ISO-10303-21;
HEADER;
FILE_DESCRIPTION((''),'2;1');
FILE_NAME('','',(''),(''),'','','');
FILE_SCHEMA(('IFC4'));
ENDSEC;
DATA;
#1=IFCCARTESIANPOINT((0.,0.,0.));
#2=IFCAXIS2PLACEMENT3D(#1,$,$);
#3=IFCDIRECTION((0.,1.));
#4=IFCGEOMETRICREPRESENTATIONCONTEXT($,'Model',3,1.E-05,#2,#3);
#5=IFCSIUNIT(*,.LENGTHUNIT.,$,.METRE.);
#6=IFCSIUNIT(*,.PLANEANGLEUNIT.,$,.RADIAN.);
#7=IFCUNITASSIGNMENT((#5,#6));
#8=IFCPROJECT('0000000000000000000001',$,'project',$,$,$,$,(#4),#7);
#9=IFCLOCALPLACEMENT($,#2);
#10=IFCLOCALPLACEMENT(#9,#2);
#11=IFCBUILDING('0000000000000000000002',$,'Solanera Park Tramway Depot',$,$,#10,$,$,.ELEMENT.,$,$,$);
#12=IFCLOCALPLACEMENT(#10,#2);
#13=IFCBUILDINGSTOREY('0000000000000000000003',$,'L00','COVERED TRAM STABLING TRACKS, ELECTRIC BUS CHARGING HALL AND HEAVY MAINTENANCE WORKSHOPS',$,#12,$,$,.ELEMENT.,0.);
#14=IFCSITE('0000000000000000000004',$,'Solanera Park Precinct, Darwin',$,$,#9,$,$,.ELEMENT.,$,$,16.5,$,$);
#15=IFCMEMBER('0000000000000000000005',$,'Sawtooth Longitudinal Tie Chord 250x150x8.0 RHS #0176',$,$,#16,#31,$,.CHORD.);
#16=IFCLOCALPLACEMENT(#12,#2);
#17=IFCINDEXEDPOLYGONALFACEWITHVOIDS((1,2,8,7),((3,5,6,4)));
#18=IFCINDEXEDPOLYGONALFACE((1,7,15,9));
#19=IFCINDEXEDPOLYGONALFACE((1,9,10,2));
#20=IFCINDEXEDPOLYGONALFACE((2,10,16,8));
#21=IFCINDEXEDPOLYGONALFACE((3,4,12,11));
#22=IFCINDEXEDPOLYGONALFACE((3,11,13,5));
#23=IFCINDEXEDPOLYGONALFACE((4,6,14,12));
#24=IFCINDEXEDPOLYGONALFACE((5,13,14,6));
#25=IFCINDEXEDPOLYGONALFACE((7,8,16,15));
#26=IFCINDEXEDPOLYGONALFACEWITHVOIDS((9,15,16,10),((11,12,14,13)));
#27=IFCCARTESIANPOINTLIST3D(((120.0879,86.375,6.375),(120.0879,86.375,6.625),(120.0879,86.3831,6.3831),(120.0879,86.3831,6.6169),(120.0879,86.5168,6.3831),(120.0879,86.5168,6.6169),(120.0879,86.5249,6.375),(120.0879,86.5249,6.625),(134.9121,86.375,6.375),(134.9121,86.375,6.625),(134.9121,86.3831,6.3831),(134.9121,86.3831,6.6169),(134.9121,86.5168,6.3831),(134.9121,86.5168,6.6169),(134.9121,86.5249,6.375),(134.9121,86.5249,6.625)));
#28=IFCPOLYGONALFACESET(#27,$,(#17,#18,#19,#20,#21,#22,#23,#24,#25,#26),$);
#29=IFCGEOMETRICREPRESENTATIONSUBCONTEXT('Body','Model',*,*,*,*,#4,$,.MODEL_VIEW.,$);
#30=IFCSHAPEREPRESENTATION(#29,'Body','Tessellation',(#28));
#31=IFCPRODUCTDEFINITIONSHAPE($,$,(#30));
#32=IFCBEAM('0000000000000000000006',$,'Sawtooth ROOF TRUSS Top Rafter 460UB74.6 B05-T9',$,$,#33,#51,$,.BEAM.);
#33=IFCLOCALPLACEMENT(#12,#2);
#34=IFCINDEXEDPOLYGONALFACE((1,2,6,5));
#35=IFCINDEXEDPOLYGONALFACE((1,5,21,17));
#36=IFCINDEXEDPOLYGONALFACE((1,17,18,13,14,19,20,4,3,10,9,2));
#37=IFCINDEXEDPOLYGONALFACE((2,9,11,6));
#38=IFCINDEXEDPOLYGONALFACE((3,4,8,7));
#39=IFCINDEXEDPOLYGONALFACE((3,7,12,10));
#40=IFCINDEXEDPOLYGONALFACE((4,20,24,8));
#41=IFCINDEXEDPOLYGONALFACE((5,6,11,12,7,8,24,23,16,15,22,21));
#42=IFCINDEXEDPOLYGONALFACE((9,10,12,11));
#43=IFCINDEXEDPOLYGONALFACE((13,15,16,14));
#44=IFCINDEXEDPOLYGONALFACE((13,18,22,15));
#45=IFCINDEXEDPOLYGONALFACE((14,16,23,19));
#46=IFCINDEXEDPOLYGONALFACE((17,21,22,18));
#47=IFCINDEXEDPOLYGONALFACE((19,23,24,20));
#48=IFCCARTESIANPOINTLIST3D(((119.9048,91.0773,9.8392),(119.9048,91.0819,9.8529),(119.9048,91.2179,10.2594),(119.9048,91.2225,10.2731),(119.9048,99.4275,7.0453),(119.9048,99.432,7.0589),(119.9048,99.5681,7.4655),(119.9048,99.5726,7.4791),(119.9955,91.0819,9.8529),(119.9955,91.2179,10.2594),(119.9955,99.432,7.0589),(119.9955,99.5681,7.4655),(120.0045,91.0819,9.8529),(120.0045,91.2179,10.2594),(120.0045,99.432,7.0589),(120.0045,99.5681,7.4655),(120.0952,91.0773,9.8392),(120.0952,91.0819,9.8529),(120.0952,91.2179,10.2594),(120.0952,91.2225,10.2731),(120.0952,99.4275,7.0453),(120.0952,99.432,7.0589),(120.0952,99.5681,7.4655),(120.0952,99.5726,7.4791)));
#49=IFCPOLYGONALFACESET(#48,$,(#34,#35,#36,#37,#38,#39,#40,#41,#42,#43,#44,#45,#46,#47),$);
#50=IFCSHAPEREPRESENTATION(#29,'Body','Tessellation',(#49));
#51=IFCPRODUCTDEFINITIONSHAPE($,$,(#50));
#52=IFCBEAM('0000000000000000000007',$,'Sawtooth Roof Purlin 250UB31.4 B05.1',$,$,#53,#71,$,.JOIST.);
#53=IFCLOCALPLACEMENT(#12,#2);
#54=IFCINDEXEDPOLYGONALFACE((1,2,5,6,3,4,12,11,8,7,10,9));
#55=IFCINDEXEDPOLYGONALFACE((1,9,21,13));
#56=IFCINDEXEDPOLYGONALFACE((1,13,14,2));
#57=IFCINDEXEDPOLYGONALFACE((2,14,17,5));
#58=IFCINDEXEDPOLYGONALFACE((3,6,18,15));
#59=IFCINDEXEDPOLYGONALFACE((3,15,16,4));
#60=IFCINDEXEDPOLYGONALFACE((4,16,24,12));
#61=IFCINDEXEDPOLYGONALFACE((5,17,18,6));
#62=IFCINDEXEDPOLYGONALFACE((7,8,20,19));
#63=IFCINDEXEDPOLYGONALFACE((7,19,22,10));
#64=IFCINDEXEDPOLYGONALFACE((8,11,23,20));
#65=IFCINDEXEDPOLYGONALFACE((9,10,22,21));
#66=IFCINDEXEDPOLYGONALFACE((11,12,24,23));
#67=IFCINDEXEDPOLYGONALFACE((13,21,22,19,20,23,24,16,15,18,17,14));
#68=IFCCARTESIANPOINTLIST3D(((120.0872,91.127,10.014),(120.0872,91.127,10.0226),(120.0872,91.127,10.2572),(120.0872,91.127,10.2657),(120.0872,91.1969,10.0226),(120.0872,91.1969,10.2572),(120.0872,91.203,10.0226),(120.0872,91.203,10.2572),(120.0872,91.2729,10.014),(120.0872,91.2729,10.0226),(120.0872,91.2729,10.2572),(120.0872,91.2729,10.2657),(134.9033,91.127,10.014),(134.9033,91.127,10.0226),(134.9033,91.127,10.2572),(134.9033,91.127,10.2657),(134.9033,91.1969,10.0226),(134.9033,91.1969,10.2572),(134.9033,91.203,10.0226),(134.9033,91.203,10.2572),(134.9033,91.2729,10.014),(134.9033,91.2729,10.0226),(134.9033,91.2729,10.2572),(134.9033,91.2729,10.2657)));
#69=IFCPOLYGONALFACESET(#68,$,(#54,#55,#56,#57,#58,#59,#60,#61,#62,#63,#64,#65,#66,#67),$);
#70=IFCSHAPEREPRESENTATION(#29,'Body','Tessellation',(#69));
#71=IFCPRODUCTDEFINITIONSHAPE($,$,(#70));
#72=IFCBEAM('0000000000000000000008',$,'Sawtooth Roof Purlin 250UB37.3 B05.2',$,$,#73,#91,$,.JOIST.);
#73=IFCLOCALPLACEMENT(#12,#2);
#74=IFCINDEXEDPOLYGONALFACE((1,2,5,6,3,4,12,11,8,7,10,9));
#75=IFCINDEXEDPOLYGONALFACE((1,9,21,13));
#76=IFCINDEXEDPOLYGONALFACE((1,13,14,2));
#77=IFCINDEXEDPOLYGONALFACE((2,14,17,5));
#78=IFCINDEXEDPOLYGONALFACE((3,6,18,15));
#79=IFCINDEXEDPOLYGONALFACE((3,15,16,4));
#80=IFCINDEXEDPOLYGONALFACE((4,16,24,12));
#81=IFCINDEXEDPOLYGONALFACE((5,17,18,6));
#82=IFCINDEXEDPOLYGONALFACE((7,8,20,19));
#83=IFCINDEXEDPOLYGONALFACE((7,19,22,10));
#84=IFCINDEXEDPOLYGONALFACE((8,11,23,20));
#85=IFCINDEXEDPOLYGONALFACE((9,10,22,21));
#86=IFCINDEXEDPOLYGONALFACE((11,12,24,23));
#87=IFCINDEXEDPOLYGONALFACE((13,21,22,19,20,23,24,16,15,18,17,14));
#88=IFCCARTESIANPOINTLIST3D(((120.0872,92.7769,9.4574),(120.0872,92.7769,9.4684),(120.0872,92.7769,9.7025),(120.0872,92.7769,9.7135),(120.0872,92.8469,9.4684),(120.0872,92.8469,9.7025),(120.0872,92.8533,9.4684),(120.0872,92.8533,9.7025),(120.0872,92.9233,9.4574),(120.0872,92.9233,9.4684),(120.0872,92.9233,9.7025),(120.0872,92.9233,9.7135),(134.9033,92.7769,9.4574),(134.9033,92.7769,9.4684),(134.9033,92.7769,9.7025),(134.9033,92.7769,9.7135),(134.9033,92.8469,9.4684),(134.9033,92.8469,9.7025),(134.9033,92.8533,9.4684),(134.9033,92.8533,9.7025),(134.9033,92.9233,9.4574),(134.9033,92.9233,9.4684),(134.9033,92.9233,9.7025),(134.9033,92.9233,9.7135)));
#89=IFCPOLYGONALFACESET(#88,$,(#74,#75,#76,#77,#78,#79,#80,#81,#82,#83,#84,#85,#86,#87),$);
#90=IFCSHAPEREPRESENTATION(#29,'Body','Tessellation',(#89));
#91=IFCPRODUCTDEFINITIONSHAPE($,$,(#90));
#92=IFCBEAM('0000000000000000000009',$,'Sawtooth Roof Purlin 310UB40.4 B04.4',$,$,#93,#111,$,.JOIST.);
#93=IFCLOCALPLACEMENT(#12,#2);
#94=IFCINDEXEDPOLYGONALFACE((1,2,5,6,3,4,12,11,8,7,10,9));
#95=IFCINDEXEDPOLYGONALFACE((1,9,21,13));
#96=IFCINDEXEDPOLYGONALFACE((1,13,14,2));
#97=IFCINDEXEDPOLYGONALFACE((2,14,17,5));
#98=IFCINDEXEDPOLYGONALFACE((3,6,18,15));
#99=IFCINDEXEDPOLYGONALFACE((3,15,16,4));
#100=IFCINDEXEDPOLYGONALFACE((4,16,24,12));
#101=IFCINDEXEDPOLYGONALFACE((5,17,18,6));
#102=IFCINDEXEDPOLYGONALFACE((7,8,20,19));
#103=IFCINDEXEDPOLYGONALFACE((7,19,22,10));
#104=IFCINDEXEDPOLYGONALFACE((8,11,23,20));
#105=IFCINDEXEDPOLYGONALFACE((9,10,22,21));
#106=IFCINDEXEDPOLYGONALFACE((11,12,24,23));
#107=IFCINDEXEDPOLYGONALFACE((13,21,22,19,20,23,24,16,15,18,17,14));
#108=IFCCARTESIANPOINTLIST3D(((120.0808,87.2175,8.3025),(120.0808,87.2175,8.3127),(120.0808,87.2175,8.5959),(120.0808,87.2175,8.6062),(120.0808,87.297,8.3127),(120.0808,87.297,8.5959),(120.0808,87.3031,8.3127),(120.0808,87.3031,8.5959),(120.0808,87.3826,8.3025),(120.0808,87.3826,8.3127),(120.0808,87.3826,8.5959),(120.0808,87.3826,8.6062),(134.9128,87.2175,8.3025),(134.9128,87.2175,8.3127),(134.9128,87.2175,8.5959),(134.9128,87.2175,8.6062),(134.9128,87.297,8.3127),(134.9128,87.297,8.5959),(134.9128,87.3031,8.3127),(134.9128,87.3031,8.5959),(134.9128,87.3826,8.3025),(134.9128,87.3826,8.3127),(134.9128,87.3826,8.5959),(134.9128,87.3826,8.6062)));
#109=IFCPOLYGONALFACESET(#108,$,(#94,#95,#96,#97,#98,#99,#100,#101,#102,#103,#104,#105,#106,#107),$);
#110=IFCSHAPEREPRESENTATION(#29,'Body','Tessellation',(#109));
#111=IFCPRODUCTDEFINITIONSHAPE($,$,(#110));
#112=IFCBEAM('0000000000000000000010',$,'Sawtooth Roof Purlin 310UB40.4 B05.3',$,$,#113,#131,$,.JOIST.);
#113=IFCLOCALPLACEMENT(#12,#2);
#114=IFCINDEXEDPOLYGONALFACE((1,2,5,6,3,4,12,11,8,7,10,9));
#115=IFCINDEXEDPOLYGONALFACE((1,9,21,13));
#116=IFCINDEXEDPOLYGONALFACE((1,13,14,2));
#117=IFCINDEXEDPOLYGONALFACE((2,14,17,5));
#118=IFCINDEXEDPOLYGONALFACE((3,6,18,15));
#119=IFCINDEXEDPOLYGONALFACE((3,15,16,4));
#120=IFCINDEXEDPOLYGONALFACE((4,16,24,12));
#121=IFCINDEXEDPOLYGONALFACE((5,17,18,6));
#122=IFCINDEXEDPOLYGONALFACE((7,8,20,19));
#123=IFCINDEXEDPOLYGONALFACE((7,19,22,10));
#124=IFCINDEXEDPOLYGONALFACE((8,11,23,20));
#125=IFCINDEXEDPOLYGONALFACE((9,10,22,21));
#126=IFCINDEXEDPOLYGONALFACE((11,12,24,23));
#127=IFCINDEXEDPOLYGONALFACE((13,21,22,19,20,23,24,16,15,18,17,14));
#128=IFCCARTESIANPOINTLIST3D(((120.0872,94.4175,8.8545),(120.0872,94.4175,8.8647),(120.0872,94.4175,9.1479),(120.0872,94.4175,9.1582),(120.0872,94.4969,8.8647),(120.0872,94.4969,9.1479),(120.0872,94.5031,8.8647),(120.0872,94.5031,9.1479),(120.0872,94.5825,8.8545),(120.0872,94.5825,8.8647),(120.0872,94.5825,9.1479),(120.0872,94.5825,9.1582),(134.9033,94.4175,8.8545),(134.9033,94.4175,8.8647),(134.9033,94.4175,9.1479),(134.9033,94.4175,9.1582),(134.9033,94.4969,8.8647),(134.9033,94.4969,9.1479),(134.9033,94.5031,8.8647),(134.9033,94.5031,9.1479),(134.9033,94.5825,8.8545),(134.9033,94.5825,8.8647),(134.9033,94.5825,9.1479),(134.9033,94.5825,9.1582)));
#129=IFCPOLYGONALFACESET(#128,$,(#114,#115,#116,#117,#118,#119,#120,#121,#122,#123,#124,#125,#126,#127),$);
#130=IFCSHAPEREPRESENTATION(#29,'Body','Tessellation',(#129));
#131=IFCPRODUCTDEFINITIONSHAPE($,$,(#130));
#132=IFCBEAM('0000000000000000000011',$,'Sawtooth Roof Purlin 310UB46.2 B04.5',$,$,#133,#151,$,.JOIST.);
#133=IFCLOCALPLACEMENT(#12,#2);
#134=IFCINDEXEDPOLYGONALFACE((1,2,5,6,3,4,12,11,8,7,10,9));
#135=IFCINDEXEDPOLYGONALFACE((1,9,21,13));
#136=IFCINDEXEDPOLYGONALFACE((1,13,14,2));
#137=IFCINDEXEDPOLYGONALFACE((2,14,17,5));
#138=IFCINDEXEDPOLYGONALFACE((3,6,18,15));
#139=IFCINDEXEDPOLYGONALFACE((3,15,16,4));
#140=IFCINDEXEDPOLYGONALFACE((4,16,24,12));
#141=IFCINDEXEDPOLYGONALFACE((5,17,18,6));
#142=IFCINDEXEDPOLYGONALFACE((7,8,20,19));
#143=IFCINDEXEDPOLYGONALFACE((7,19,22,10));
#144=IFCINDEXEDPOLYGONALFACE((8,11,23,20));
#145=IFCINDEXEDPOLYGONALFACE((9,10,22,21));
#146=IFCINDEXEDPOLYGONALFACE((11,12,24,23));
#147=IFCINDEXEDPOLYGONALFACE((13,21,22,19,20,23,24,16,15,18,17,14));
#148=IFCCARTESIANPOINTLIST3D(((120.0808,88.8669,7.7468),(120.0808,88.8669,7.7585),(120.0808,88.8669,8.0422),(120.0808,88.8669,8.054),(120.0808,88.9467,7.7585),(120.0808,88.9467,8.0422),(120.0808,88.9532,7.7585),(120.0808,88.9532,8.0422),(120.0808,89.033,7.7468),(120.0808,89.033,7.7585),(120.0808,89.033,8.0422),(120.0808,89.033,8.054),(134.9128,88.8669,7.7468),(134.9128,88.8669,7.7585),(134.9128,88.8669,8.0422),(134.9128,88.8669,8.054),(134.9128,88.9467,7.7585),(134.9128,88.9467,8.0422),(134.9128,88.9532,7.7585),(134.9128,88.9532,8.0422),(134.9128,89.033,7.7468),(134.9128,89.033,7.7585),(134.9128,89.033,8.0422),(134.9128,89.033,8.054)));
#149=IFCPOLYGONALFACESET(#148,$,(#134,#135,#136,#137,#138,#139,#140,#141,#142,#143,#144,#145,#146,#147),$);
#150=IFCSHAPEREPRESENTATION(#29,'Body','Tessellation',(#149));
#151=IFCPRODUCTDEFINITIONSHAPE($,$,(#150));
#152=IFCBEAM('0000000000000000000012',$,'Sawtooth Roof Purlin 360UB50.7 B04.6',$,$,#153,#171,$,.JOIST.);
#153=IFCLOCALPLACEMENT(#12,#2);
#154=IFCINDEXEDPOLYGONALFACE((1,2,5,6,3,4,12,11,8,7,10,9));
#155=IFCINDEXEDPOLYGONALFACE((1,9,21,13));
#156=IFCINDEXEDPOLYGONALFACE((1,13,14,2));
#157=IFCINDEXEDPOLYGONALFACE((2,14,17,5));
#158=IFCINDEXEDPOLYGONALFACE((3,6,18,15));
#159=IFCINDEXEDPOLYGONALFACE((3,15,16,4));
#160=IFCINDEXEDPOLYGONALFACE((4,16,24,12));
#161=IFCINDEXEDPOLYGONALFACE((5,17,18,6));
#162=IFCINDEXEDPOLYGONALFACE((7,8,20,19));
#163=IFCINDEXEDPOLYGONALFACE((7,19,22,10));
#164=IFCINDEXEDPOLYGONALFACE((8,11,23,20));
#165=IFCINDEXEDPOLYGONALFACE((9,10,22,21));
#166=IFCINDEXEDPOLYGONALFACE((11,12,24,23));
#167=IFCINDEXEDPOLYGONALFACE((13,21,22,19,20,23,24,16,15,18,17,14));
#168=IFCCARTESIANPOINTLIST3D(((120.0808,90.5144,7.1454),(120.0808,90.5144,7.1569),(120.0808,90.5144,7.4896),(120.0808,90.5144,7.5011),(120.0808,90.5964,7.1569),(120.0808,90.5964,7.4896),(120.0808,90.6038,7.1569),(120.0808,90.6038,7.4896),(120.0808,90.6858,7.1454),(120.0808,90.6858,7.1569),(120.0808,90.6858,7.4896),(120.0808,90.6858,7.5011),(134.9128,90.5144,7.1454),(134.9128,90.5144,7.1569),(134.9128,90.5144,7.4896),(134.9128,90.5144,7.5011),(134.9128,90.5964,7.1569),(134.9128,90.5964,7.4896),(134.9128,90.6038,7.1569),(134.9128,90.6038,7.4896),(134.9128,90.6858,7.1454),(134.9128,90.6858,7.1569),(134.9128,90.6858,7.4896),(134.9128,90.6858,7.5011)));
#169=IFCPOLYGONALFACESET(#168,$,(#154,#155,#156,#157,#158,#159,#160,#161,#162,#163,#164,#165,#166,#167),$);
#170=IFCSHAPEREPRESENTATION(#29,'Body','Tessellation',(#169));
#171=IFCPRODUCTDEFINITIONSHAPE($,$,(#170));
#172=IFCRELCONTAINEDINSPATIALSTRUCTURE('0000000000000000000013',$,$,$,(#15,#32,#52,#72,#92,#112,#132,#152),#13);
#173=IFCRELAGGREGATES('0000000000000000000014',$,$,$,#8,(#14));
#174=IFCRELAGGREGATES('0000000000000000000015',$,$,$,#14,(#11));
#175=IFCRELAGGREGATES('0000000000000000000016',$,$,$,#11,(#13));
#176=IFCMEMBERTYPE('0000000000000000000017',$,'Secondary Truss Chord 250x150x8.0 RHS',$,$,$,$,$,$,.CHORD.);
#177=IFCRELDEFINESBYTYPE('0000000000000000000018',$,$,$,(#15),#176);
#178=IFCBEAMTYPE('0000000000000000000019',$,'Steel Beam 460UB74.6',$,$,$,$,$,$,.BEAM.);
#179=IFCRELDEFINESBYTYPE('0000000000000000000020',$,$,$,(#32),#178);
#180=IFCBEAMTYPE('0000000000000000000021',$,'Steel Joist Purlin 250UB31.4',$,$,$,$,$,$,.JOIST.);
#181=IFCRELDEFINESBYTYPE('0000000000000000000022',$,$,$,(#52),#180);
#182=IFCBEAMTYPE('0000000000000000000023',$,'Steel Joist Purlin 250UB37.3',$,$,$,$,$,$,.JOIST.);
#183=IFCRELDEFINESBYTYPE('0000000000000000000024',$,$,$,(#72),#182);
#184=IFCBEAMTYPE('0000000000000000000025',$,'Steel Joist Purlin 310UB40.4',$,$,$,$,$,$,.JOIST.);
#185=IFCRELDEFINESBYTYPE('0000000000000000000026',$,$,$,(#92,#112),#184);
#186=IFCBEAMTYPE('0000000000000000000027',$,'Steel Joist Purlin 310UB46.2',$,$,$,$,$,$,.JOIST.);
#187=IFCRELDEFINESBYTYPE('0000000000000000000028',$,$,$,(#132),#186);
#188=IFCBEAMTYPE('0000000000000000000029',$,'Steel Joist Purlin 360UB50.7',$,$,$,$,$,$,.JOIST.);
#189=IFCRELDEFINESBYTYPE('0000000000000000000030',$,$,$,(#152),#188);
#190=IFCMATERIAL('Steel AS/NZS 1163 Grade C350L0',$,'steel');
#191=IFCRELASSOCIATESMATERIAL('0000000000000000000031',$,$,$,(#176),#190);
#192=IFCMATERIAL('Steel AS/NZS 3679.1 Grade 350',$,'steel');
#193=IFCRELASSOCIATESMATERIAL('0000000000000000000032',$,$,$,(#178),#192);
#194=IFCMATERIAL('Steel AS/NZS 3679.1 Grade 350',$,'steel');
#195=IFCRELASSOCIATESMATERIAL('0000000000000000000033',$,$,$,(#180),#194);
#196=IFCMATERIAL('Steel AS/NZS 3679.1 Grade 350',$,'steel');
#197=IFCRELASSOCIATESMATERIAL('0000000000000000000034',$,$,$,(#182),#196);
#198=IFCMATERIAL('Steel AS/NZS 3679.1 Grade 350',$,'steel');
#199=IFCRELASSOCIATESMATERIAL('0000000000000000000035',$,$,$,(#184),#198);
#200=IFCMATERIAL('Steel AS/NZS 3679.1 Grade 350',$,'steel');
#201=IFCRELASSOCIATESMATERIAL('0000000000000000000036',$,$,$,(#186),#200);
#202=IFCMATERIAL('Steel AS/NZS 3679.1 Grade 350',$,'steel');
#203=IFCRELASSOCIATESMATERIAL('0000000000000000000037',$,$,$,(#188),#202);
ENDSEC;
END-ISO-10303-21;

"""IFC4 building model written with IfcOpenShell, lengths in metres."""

from ifc_helpers import new_model, si_unit, direction, frame, origin, origin_2d, place, context, subcontext, project, spatial, hollow_rectangle, i_section, extrude, material, material_profile, profile_set, type_object, element, save


model = new_model("IFC4")

# Units and contexts
model_context = context("Model", 3, precision=1e-05, world=origin(), true_north=direction((0.0, 1.0)))
body_context = subcontext(model_context, "Body", "Model", "MODEL_VIEW")
ifc_project = project(units=[si_unit("LENGTHUNIT", "METRE"), si_unit("PLANEANGLEUNIT", "RADIAN")], contexts=[model_context])

# Site, building, storey
site_placement = place(None, origin())
site = spatial("IfcSite", under=ifc_project, at=site_placement, Name="Solanera Park Precinct, Darwin", CompositionType="ELEMENT", RefElevation=16.5)
building_placement = place(site_placement, origin())
building = spatial("IfcBuilding", under=site, at=building_placement, Name="Solanera Park Tramway Depot", CompositionType="ELEMENT")
storey_placement = place(building_placement, origin())
storey = spatial("IfcBuildingStorey", under=building, at=storey_placement, Name="L00", Description="COVERED TRAM STABLING TRACKS, ELECTRIC BUS CHARGING HALL AND HEAVY MAINTENANCE WORKSHOPS", CompositionType="ELEMENT", Elevation=0.0)

# Member
ifc_material_1 = material(Name="Steel AS/NZS 1163 Grade C350L0", Category="steel")
ifc_material_profile_1 = material_profile(ifc_material_1, hollow_rectangle(XDim=0.1499, YDim=0.25, WallThickness=0.0081, at=origin_2d()), Name="250x150x8.0 RHS")
ifc_profile_set_1 = profile_set([ifc_material_profile_1], Name="Steel AS/NZS 1163 Grade C350L0")
member_type_1 = type_object("IfcMemberType", Name="Secondary Truss Chord 250x150x8.0 RHS", PredefinedType="CHORD", material=ifc_profile_set_1)
member_1_placement = place(storey_placement, frame((120.0879, 86.45, 6.5), z_axis=(1.0, 0.0, 0.0), x_axis=(0.0, 1.0, 0.0)))
element("IfcMember", 1, at=member_1_placement, inside=storey, type_object=member_type_1, Name="Sawtooth Longitudinal Tie Chord 250x150x8.0 RHS #0176", PredefinedType="CHORD", context=body_context, shape_type="SweptSolid", body=[
    extrude(hollow_rectangle(XDim=0.1499, YDim=0.25, WallThickness=0.0081, at=origin_2d()), origin(), (0.0, 0.0, 1.0), 14.8242),
])

# Beams
ifc_material_2 = material(Name="Steel AS/NZS 3679.1 Grade 350", Category="steel")
ifc_material_profile_2 = material_profile(ifc_material_2, i_section(OverallWidth=0.1904, OverallDepth=0.4575, WebThickness=0.009, FlangeThickness=0.0144, at=origin_2d()), Name="460UB74.6")
ifc_profile_set_2 = profile_set([ifc_material_profile_2], Name="Steel AS/NZS 3679.1 Grade 350")
beam_type_1 = type_object("IfcBeamType", Name="Steel Beam 460UB74.6", PredefinedType="BEAM", material=ifc_profile_set_2)
beam_1_placement = place(storey_placement, frame((120.0, 91.1499, 10.0562), z_axis=(0.0, 0.948322, -0.317309), x_axis=(-1.0, 0.0, 0.0)))
element("IfcBeam", 2, at=beam_1_placement, inside=storey, type_object=beam_type_1, Name="Sawtooth ROOF TRUSS Top Rafter 460UB74.6 B05-T9", PredefinedType="BEAM", context=body_context, shape_type="SweptSolid", body=[
    extrude(i_section(OverallWidth=0.1904, OverallDepth=0.4575, WebThickness=0.009, FlangeThickness=0.0144, at=origin_2d()), origin(), (0.0, 0.0, 1.0), 8.8052),
])
ifc_material_3 = material(Name="Steel AS/NZS 3679.1 Grade 350", Category="steel")
ifc_material_profile_3 = material_profile(ifc_material_3, i_section(OverallWidth=0.146, OverallDepth=0.2517, WebThickness=0.0061, FlangeThickness=0.0085, at=origin_2d()), Name="250UB31.4")
ifc_profile_set_3 = profile_set([ifc_material_profile_3], Name="Steel AS/NZS 3679.1 Grade 350")
beam_type_2 = type_object("IfcBeamType", Name="Steel Joist Purlin 250UB31.4", PredefinedType="JOIST", material=ifc_profile_set_3)
beam_2_placement = place(storey_placement, frame((120.0872, 91.2, 10.1399), z_axis=(1.0, 0.0, 0.0), x_axis=(0.0, 1.0, 0.0)))
element("IfcBeam", 3, at=beam_2_placement, inside=storey, type_object=beam_type_2, Name="Sawtooth Roof Purlin 250UB31.4 B05.1", PredefinedType="JOIST", context=body_context, shape_type="SweptSolid", body=[
    extrude(i_section(OverallWidth=0.146, OverallDepth=0.2517, WebThickness=0.0061, FlangeThickness=0.0085, at=origin_2d()), origin(), (0.0, 0.0, 1.0), 14.8162),
])
ifc_material_4 = material(Name="Steel AS/NZS 3679.1 Grade 350", Category="steel")
ifc_material_profile_4 = material_profile(ifc_material_4, i_section(OverallWidth=0.1465, OverallDepth=0.2561, WebThickness=0.0063, FlangeThickness=0.011, at=origin_2d()), Name="250UB37.3")
ifc_profile_set_4 = profile_set([ifc_material_profile_4], Name="Steel AS/NZS 3679.1 Grade 350")
beam_type_3 = type_object("IfcBeamType", Name="Steel Joist Purlin 250UB37.3", PredefinedType="JOIST", material=ifc_profile_set_4)
beam_3_placement = place(storey_placement, frame((120.0872, 92.8501, 9.5854), z_axis=(1.0, 0.0, 0.0), x_axis=(0.0, 1.0, 0.0)))
element("IfcBeam", 4, at=beam_3_placement, inside=storey, type_object=beam_type_3, Name="Sawtooth Roof Purlin 250UB37.3 B05.2", PredefinedType="JOIST", context=body_context, shape_type="SweptSolid", body=[
    extrude(i_section(OverallWidth=0.1465, OverallDepth=0.2561, WebThickness=0.0063, FlangeThickness=0.011, at=origin_2d()), origin(), (0.0, 0.0, 1.0), 14.8162),
])
ifc_material_5 = material(Name="Steel AS/NZS 3679.1 Grade 350", Category="steel")
ifc_material_profile_5 = material_profile(ifc_material_5, i_section(OverallWidth=0.165, OverallDepth=0.3037, WebThickness=0.0061, FlangeThickness=0.0103, at=origin_2d()), Name="310UB40.4")
ifc_profile_set_5 = profile_set([ifc_material_profile_5], Name="Steel AS/NZS 3679.1 Grade 350")
beam_type_4 = type_object("IfcBeamType", Name="Steel Joist Purlin 310UB40.4", PredefinedType="JOIST", material=ifc_profile_set_5)
beam_4_placement = place(storey_placement, frame((120.0808, 87.3, 8.4543), z_axis=(1.0, 0.0, 0.0), x_axis=(0.0, 1.0, 0.0)))
element("IfcBeam", 5, at=beam_4_placement, inside=storey, type_object=beam_type_4, Name="Sawtooth Roof Purlin 310UB40.4 B04.4", PredefinedType="JOIST", context=body_context, shape_type="SweptSolid", body=[
    extrude(i_section(OverallWidth=0.165, OverallDepth=0.3037, WebThickness=0.0061, FlangeThickness=0.0103, at=origin_2d()), origin(), (0.0, 0.0, 1.0), 14.832),
])
beam_5_placement = place(storey_placement, frame((120.0872, 94.5, 9.0063), z_axis=(1.0, 0.0, 0.0), x_axis=(0.0, 1.0, 0.0)))
element("IfcBeam", 6, at=beam_5_placement, inside=storey, type_object=beam_type_4, Name="Sawtooth Roof Purlin 310UB40.4 B05.3", PredefinedType="JOIST", context=body_context, shape_type="SweptSolid", body=[
    extrude(i_section(OverallWidth=0.165, OverallDepth=0.3037, WebThickness=0.0061, FlangeThickness=0.0103, at=origin_2d()), origin(), (0.0, 0.0, 1.0), 14.8162),
])
ifc_material_6 = material(Name="Steel AS/NZS 3679.1 Grade 350", Category="steel")
ifc_material_profile_6 = material_profile(ifc_material_6, i_section(OverallWidth=0.166, OverallDepth=0.3071, WebThickness=0.0066, FlangeThickness=0.0117, at=origin_2d()), Name="310UB46.2")
ifc_profile_set_6 = profile_set([ifc_material_profile_6], Name="Steel AS/NZS 3679.1 Grade 350")
beam_type_5 = type_object("IfcBeamType", Name="Steel Joist Purlin 310UB46.2", PredefinedType="JOIST", material=ifc_profile_set_6)
beam_6_placement = place(storey_placement, frame((120.0808, 88.95, 7.9004), z_axis=(1.0, 0.0, 0.0), x_axis=(0.0, 1.0, 0.0)))
element("IfcBeam", 7, at=beam_6_placement, inside=storey, type_object=beam_type_5, Name="Sawtooth Roof Purlin 310UB46.2 B04.5", PredefinedType="JOIST", context=body_context, shape_type="SweptSolid", body=[
    extrude(i_section(OverallWidth=0.166, OverallDepth=0.3071, WebThickness=0.0066, FlangeThickness=0.0117, at=origin_2d()), origin(), (0.0, 0.0, 1.0), 14.832),
])
ifc_material_7 = material(Name="Steel AS/NZS 3679.1 Grade 350", Category="steel")
ifc_material_profile_7 = material_profile(ifc_material_7, i_section(OverallWidth=0.1714, OverallDepth=0.3557, WebThickness=0.0073, FlangeThickness=0.0115, at=origin_2d()), Name="360UB50.7")
ifc_profile_set_7 = profile_set([ifc_material_profile_7], Name="Steel AS/NZS 3679.1 Grade 350")
beam_type_6 = type_object("IfcBeamType", Name="Steel Joist Purlin 360UB50.7", PredefinedType="JOIST", material=ifc_profile_set_7)
beam_7_placement = place(storey_placement, frame((120.0808, 90.6001, 7.3232), z_axis=(1.0, 0.0, 0.0), x_axis=(0.0, 1.0, 0.0)))
element("IfcBeam", 8, at=beam_7_placement, inside=storey, type_object=beam_type_6, Name="Sawtooth Roof Purlin 360UB50.7 B04.6", PredefinedType="JOIST", context=body_context, shape_type="SweptSolid", body=[
    extrude(i_section(OverallWidth=0.1714, OverallDepth=0.3557, WebThickness=0.0073, FlangeThickness=0.0115, at=origin_2d()), origin(), (0.0, 0.0, 1.0), 14.832),
])

save(model, "model.ifc")
